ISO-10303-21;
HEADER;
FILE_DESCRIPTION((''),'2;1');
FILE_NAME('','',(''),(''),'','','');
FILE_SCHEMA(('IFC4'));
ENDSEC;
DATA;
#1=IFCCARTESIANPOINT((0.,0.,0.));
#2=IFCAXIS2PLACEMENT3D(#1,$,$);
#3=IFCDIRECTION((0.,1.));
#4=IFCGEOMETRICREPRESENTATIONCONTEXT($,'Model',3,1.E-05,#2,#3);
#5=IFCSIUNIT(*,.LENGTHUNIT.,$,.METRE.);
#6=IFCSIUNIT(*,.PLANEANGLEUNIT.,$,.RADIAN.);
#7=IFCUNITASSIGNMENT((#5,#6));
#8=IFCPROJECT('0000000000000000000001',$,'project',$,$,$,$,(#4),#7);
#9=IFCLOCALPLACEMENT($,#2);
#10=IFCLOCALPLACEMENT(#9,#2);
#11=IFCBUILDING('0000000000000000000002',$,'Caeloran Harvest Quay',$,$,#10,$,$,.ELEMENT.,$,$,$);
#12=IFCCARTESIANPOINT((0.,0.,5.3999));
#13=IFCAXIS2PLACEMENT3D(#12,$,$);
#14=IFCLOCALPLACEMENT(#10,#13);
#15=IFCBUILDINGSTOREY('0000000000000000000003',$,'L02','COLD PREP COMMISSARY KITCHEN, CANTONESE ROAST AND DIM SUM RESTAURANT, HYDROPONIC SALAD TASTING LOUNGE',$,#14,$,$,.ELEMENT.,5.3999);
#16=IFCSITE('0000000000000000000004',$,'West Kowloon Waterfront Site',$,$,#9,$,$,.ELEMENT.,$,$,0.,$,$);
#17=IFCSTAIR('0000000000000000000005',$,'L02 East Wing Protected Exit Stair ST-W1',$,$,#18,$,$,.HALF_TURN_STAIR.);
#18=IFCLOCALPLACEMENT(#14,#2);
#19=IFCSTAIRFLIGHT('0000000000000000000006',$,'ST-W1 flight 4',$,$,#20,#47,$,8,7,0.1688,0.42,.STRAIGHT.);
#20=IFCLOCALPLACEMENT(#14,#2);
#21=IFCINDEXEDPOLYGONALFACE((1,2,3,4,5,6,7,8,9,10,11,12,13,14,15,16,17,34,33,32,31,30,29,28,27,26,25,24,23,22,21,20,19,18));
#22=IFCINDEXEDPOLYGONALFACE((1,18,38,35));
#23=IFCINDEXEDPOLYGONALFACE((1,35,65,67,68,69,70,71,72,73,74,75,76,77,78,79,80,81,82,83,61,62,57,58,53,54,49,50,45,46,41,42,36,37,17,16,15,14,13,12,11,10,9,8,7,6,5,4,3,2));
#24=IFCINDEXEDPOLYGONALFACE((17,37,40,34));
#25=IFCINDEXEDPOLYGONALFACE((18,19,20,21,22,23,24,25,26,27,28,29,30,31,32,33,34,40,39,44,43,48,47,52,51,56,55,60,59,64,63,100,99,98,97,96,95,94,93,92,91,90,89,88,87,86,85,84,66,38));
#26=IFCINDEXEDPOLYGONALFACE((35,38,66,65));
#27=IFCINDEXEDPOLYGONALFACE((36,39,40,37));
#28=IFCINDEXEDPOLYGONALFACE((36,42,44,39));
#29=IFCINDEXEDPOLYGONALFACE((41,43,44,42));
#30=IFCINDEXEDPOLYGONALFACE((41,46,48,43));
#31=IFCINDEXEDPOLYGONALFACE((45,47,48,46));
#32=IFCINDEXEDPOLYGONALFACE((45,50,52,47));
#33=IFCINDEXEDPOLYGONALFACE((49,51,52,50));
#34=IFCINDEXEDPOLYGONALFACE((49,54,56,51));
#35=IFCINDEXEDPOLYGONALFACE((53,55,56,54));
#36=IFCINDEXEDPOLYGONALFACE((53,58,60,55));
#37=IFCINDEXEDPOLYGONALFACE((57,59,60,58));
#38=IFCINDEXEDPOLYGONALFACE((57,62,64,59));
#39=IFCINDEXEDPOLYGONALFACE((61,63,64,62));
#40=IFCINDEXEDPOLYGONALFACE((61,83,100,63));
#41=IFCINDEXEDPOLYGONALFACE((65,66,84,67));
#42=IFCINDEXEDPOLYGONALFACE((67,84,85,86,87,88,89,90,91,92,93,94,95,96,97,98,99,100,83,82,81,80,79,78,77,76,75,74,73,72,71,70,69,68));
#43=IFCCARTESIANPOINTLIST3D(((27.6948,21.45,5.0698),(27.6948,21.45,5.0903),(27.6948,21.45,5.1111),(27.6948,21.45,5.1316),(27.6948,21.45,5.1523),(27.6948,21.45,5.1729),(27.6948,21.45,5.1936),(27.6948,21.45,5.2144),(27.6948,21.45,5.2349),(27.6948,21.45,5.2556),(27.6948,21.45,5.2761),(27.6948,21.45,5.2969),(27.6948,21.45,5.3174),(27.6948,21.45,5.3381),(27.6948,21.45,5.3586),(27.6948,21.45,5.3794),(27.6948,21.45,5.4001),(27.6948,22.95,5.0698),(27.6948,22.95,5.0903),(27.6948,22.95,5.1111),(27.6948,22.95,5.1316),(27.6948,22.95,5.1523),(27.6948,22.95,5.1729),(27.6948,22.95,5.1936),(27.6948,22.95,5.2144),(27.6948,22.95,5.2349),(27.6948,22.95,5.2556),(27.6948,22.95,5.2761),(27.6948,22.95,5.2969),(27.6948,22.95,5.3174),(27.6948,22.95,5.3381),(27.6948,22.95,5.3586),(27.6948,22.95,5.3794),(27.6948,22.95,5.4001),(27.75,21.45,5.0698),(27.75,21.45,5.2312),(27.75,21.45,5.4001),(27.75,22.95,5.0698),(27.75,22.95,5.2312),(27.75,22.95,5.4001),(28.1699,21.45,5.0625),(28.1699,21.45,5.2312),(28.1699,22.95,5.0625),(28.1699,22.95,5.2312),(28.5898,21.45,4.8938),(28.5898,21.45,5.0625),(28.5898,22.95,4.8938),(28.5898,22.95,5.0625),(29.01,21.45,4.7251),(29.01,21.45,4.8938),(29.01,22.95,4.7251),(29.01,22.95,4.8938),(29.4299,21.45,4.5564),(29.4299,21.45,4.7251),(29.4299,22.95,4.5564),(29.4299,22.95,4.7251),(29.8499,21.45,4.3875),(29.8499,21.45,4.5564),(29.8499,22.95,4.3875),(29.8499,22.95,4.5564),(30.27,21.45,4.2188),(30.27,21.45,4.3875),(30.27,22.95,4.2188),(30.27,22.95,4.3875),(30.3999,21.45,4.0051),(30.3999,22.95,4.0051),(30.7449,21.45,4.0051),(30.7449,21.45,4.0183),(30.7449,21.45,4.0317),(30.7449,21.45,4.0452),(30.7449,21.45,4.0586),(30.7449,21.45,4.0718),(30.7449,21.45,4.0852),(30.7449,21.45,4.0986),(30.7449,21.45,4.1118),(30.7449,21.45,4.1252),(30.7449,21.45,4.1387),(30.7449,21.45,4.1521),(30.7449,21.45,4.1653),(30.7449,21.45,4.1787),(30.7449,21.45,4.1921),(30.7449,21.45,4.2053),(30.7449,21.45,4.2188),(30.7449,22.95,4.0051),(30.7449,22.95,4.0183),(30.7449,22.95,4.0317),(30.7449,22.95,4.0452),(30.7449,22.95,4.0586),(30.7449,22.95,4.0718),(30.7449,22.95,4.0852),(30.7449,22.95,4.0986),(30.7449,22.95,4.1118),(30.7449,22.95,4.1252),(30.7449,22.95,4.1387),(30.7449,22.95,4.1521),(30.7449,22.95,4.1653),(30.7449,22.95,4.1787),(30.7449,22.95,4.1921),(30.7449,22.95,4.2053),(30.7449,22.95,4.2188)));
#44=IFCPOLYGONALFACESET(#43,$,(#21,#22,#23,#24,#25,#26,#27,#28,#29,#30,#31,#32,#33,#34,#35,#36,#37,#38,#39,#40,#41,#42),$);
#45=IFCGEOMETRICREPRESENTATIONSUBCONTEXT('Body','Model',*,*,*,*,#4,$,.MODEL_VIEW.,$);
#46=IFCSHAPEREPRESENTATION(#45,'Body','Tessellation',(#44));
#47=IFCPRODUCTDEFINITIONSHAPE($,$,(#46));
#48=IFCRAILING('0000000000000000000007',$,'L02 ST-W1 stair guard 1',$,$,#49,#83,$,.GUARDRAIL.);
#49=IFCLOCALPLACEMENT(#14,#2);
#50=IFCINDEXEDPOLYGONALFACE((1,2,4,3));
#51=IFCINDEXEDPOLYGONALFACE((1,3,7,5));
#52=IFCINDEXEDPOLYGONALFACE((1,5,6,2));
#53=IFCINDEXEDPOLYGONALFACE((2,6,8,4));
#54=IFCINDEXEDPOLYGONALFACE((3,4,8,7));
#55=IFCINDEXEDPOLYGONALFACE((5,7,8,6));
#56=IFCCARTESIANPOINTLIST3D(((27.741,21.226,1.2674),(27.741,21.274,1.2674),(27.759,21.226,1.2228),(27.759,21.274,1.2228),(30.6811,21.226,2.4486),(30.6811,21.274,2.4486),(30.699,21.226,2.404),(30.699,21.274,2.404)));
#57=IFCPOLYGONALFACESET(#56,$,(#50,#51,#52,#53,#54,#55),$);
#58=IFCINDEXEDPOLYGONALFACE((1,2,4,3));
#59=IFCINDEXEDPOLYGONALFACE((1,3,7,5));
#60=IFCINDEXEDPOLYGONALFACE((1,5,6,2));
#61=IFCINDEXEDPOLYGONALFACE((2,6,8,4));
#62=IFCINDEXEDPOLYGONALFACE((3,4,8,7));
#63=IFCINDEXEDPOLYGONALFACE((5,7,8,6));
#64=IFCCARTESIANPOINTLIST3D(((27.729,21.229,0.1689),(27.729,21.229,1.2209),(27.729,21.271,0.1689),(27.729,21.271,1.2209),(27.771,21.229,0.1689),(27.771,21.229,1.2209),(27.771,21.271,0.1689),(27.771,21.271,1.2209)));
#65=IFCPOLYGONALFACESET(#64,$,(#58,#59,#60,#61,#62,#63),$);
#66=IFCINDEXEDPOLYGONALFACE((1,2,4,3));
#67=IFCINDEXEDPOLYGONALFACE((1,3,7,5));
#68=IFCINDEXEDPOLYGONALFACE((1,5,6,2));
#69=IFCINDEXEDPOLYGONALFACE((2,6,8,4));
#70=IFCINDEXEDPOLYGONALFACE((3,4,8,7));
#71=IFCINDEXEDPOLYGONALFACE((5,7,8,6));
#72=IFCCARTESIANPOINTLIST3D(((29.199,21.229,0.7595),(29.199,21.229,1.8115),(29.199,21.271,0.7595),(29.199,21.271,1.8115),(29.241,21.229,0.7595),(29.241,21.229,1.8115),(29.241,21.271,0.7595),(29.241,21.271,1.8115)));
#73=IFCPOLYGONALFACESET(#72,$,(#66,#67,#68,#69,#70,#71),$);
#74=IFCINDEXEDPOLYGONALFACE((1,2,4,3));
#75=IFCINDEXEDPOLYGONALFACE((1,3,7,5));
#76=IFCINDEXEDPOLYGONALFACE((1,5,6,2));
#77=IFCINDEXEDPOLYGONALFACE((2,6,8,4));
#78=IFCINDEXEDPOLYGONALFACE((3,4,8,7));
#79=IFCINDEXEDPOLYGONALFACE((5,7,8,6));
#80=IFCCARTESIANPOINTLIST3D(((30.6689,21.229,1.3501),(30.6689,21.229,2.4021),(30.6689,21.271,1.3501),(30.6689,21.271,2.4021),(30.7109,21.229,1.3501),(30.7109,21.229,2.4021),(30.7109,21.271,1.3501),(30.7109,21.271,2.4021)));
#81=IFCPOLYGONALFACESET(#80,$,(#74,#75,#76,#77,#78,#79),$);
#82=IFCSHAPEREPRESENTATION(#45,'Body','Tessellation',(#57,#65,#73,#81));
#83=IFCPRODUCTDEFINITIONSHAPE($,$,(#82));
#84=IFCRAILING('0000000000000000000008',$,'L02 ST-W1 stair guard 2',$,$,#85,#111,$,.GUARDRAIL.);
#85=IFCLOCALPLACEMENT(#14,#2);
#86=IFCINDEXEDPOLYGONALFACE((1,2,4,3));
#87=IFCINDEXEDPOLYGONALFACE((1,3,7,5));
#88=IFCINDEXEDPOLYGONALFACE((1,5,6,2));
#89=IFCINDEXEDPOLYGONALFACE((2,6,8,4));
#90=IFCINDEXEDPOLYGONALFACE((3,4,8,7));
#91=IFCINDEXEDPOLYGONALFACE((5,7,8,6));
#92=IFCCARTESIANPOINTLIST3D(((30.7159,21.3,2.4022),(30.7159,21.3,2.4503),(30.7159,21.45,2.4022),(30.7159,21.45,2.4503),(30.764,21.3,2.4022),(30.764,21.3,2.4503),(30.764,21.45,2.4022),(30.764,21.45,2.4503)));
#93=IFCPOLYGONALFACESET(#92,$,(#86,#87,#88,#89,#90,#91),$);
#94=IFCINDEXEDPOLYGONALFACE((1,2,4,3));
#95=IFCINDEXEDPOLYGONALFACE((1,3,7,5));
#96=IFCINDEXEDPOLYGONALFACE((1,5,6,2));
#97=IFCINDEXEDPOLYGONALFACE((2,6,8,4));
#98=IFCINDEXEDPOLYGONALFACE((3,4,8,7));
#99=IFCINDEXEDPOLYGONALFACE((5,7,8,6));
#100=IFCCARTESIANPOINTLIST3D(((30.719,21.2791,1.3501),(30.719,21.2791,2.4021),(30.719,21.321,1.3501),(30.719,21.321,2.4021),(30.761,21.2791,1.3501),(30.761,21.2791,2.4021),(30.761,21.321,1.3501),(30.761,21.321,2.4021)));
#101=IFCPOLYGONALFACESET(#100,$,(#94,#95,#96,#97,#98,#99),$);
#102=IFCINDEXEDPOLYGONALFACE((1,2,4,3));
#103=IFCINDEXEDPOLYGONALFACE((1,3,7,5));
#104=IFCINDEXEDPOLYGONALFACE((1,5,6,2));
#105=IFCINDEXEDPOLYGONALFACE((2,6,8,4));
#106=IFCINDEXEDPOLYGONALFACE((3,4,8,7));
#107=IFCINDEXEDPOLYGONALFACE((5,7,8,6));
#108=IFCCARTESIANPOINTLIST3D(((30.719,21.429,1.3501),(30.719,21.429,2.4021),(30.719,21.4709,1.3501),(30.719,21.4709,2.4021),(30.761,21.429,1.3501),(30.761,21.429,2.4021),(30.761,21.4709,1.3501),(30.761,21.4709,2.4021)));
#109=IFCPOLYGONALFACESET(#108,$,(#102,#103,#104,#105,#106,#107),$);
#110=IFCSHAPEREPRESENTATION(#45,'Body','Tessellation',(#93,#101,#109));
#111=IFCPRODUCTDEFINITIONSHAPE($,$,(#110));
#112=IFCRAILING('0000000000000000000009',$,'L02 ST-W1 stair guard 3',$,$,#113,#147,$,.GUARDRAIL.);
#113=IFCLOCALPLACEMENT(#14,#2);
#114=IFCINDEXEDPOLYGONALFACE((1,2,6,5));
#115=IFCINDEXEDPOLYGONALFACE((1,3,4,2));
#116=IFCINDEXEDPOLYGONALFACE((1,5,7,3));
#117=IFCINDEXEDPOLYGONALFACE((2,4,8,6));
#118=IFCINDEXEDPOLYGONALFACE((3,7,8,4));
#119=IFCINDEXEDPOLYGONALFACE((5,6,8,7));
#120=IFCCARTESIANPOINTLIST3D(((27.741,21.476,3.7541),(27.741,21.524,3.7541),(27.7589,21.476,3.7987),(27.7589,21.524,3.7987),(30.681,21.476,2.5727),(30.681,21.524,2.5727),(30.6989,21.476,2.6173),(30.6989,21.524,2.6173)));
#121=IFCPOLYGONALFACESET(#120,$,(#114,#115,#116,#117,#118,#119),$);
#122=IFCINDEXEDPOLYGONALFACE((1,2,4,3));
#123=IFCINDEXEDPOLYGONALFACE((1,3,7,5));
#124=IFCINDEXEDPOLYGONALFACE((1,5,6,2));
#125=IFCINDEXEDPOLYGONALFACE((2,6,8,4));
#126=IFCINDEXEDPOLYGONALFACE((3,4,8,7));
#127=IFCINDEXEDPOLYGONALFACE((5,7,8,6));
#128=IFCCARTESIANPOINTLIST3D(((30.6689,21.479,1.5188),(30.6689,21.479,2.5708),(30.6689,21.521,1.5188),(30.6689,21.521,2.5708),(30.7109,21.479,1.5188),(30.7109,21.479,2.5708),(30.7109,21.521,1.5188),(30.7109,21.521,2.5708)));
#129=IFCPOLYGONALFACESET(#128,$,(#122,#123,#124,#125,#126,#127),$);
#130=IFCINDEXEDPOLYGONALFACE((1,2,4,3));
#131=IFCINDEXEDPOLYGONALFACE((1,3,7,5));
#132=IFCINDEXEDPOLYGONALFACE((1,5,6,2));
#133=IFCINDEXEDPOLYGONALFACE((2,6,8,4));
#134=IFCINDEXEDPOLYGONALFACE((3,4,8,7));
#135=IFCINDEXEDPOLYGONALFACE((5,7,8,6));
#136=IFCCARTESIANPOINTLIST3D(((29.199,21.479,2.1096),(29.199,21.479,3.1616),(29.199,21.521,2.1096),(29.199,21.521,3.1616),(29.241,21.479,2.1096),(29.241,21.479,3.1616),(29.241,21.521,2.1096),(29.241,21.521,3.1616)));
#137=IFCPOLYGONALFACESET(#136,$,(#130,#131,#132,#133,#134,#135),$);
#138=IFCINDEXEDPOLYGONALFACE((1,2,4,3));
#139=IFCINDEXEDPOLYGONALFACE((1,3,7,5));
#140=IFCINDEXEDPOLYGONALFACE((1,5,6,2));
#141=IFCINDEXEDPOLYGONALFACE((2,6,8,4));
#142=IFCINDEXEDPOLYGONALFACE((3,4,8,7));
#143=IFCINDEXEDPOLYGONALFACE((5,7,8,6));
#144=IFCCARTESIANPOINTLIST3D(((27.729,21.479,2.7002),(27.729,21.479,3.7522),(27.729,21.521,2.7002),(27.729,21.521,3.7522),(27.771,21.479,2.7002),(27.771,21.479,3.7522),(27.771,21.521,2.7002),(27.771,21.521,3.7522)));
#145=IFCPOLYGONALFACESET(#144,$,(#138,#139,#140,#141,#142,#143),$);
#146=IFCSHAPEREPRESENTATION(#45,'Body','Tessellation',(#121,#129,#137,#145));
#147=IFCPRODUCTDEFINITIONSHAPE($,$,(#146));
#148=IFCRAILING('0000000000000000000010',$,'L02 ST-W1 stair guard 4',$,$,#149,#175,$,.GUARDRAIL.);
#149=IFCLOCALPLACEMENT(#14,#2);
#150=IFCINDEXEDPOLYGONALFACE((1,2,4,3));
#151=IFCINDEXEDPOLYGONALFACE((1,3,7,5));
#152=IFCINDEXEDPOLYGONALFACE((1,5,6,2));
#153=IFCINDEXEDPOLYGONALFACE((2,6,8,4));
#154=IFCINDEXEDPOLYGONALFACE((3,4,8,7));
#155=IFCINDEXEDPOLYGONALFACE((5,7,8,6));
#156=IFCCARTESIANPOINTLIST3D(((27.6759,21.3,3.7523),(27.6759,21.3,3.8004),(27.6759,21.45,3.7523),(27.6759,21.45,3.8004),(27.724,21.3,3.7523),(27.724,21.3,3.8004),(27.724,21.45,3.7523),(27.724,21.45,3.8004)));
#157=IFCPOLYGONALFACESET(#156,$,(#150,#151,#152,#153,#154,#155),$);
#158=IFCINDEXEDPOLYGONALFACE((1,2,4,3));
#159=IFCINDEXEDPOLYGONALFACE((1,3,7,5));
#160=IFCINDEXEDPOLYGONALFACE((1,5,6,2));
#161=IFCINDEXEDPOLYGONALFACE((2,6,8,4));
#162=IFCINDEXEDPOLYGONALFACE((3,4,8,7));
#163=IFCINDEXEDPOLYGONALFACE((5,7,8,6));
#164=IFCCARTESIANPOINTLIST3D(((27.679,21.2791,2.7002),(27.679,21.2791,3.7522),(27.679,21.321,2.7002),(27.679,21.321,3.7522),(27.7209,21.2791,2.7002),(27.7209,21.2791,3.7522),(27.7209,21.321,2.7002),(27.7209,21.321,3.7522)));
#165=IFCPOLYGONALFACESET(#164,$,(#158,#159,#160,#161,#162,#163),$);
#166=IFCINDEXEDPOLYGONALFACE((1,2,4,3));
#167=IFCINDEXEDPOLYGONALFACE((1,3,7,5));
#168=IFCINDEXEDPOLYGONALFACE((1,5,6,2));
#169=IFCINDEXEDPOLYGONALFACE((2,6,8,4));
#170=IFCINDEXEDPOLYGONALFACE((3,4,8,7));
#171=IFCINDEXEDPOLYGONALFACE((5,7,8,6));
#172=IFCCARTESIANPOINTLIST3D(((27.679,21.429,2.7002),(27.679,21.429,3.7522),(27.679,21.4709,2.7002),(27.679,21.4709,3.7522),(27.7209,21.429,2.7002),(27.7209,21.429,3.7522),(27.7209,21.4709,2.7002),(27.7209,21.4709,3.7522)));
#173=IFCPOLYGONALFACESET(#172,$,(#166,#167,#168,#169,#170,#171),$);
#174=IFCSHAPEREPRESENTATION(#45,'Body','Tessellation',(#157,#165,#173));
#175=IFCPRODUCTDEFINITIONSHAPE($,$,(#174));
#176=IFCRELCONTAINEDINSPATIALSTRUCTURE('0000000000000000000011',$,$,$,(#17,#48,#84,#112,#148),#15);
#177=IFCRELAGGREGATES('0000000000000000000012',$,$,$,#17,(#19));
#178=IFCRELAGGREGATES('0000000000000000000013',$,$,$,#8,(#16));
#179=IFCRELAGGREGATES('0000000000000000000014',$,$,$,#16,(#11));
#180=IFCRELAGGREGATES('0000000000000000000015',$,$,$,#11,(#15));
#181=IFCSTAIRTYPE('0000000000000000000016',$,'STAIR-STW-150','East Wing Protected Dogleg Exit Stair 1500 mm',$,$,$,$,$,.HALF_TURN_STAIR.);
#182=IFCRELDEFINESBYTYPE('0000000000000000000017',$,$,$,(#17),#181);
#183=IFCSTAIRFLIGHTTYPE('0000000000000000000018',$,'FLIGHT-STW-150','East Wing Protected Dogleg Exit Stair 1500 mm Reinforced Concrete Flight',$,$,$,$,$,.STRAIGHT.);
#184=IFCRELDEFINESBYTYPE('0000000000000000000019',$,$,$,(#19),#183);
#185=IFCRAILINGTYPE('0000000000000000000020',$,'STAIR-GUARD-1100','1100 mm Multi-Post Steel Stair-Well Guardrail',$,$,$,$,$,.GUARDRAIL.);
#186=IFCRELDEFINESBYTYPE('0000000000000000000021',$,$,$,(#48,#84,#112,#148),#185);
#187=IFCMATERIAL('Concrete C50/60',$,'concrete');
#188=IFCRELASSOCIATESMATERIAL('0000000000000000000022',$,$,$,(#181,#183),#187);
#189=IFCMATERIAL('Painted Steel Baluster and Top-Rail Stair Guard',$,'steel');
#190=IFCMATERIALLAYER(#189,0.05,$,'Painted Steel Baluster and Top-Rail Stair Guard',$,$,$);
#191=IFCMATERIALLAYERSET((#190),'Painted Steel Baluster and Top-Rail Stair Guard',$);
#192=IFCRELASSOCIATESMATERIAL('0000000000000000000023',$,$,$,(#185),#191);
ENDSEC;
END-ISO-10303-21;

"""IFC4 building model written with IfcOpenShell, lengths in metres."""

from ifc_helpers import new_model, si_unit, direction, frame, origin, origin_2d, place, context, subcontext, project, spatial, polyline, rectangle, outline, extrude, material, layer, layer_set, type_object, element, aggregate, save


model = new_model("IFC4")

# Units and contexts
model_context = context("Model", 3, precision=1e-05, world=origin(), true_north=direction((0.0, 1.0)))
body_context = subcontext(model_context, "Body", "Model", "MODEL_VIEW")
ifc_project = project(units=[si_unit("LENGTHUNIT", "METRE"), si_unit("PLANEANGLEUNIT", "RADIAN")], contexts=[model_context])

# Site, building, storey
site_placement = place(None, origin())
site = spatial("IfcSite", under=ifc_project, at=site_placement, Name="West Kowloon Waterfront Site", CompositionType="ELEMENT", RefElevation=0.0)
building_placement = place(site_placement, origin())
building = spatial("IfcBuilding", under=site, at=building_placement, Name="Caeloran Harvest Quay", CompositionType="ELEMENT")
storey_placement = place(building_placement, frame((0.0, 0.0, 5.3999)))
storey = spatial("IfcBuildingStorey", under=building, at=storey_placement, Name="L02", Description="COLD PREP COMMISSARY KITCHEN, CANTONESE ROAST AND DIM SUM RESTAURANT, HYDROPONIC SALAD TASTING LOUNGE", CompositionType="ELEMENT", Elevation=5.3999)

# Shared definitions
ifc_material_1 = material(Name="Concrete C50/60", Category="concrete")

# Stair, stair flight
stair_type_1 = type_object("IfcStairType", Name="STAIR-STW-150", Description="East Wing Protected Dogleg Exit Stair 1500 mm", PredefinedType="HALF_TURN_STAIR", material=ifc_material_1)
stair_1_placement = place(storey_placement, origin())
stair_1 = element("IfcStair", 1, at=stair_1_placement, inside=storey, type_object=stair_type_1, Name="L02 East Wing Protected Exit Stair ST-W1", PredefinedType="HALF_TURN_STAIR")
stair_flight_type_1 = type_object("IfcStairFlightType", Name="FLIGHT-STW-150", Description="East Wing Protected Dogleg Exit Stair 1500 mm Reinforced Concrete Flight", PredefinedType="STRAIGHT", material=ifc_material_1)
stair_flight_1_placement = place(storey_placement, frame((30.6899, 22.2, 4.05), z_axis=(0.0, 0.0, 1.0), x_axis=(-1.0, 0.0, 0.0)))
stair_flight_1 = element("IfcStairFlight", 2, at=stair_flight_1_placement, type_object=stair_flight_type_1, Name="ST-W1 flight 4", NumberOfRisers=8, NumberOfTreads=7, PredefinedType="STRAIGHT", RiserHeight=0.1688, TreadLength=0.42, context=body_context, shape_type="SweptSolid", body=[
    extrude(outline(polyline([(-0.0549, -0.0449), (-0.0549, -0.0317), (-0.0549, -0.0183), (-0.0549, -0.0049), (-0.0549, 0.0085), (-0.0549, 0.0217), (-0.0549, 0.0352), (-0.0549, 0.0486), (-0.0549, 0.0618), (-0.0549, 0.0752), (-0.0549, 0.0886), (-0.0549, 0.1021), (-0.0549, 0.1152), (-0.0549, 0.1287), (-0.0549, 0.1421), (-0.0549, 0.1553), (-0.0549, 0.1687), (0.4199, 0.1687), (0.4199, 0.3374), (0.8401, 0.3374), (0.8401, 0.5063), (1.26, 0.5063), (1.26, 0.675), (1.6799, 0.675), (1.6799, 0.8438), (2.1001, 0.8438), (2.1001, 1.0125), (2.52, 1.0125), (2.52, 1.1812), (2.9399, 1.1812), (2.9399, 1.3501), (2.9951, 1.3501), (2.9951, 1.3293), (2.9951, 1.3086), (2.9951, 1.2881), (2.9951, 1.2673), (2.9951, 1.2468), (2.9951, 1.2261), (2.9951, 1.2056), (2.9951, 1.1848), (2.9951, 1.1643), (2.9951, 1.1436), (2.9951, 1.1228), (2.9951, 1.1023), (2.9951, 1.0815), (2.9951, 1.061), (2.9951, 1.0403), (2.9951, 1.0198), (2.9399, 1.0198), (0.29, -0.0449), (-0.0549, -0.0449)])), frame((0.0, 0.75, 0.0), z_axis=(0.0, -1.0, 0.0), x_axis=(1.0, 0.0, 0.0)), (0.0, 0.0, 1.0), 1.5),
])
aggregate(stair_1, [stair_flight_1])

# Railings
ifc_material_2 = material(Name="Painted Steel Baluster and Top-Rail Stair Guard", Category="steel")
ifc_layer_1 = layer(ifc_material_2, 0.05, Name="Painted Steel Baluster and Top-Rail Stair Guard")
ifc_layer_set_1 = layer_set([ifc_layer_1], Name="Painted Steel Baluster and Top-Rail Stair Guard")
railing_type_1 = type_object("IfcRailingType", Name="STAIR-GUARD-1100", Description="1100 mm Multi-Post Steel Stair-Well Guardrail", PredefinedType="GUARDRAIL", material=ifc_layer_set_1)
railing_1_placement = place(storey_placement, frame((27.75, 21.25, 0.1689)))
element("IfcRailing", 3, at=railing_1_placement, inside=storey, type_object=railing_type_1, Name="L02 ST-W1 stair guard 1", PredefinedType="GUARDRAIL", context=body_context, shape_type="SweptSolid", body=[
    extrude(rectangle(XDim=0.0481, YDim=0.0481, at=origin_2d()), frame((0.0, 0.0, 1.0762), z_axis=(0.927912, 0.0, 0.372799), x_axis=(0.0, 1.0, 0.0)), (0.0, 0.0, 1.0), 3.1685),
    extrude(rectangle(XDim=0.042, YDim=0.042, at=origin_2d()), origin(), (0.0, 0.0, 1.0), 1.052),
    extrude(rectangle(XDim=0.042, YDim=0.042, at=origin_2d()), frame((1.47, 0.0, 0.5906)), (0.0, 0.0, 1.0), 1.052),
    extrude(rectangle(XDim=0.042, YDim=0.042, at=origin_2d()), frame((2.9399, 0.0, 1.1812)), (0.0, 0.0, 1.0), 1.052),
])
railing_2_placement = place(storey_placement, frame((30.74, 21.3, 1.3501)))
element("IfcRailing", 4, at=railing_2_placement, inside=storey, type_object=railing_type_1, Name="L02 ST-W1 stair guard 2", PredefinedType="GUARDRAIL", context=body_context, shape_type="SweptSolid", body=[
    extrude(rectangle(XDim=0.0481, YDim=0.0481, at=origin_2d()), frame((0.0, 0.0, 1.0762), z_axis=(0.0, 1.0, 0.0), x_axis=(-1.0, 0.0, 0.0)), (0.0, 0.0, 1.0), 0.1499),
    extrude(rectangle(XDim=0.042, YDim=0.042, at=origin_2d()), origin(), (0.0, 0.0, 1.0), 1.052),
    extrude(rectangle(XDim=0.042, YDim=0.042, at=origin_2d()), frame((0.0, 0.1499, 0.0)), (0.0, 0.0, 1.0), 1.052),
])
railing_3_placement = place(storey_placement, frame((30.6899, 21.5, 1.5188)))
element("IfcRailing", 5, at=railing_3_placement, inside=storey, type_object=railing_type_1, Name="L02 ST-W1 stair guard 3", PredefinedType="GUARDRAIL", context=body_context, shape_type="SweptSolid", body=[
    extrude(rectangle(XDim=0.0481, YDim=0.0481, at=origin_2d()), frame((0.0, 0.0, 1.0762), z_axis=(-0.927886, 0.0, 0.372865), x_axis=(0.0, -1.0, 0.0)), (0.0, 0.0, 1.0), 3.1685),
    extrude(rectangle(XDim=0.042, YDim=0.042, at=origin_2d()), origin(), (0.0, 0.0, 1.0), 1.052),
    extrude(rectangle(XDim=0.042, YDim=0.042, at=origin_2d()), frame((-1.47, 0.0, 0.5908)), (0.0, 0.0, 1.0), 1.052),
    extrude(rectangle(XDim=0.042, YDim=0.042, at=origin_2d()), frame((-2.9399, 0.0, 1.1814)), (0.0, 0.0, 1.0), 1.052),
])
railing_4_placement = place(storey_placement, frame((27.7, 21.3, 2.7002)))
element("IfcRailing", 6, at=railing_4_placement, inside=storey, type_object=railing_type_1, Name="L02 ST-W1 stair guard 4", PredefinedType="GUARDRAIL", context=body_context, shape_type="SweptSolid", body=[
    extrude(rectangle(XDim=0.0481, YDim=0.0481, at=origin_2d()), frame((0.0, 0.0, 1.0762), z_axis=(0.0, 1.0, 0.0), x_axis=(-1.0, 0.0, 0.0)), (0.0, 0.0, 1.0), 0.1499),
    extrude(rectangle(XDim=0.042, YDim=0.042, at=origin_2d()), origin(), (0.0, 0.0, 1.0), 1.052),
    extrude(rectangle(XDim=0.042, YDim=0.042, at=origin_2d()), frame((0.0, 0.1499, 0.0)), (0.0, 0.0, 1.0), 1.052),
])

save(model, "model.ifc")
